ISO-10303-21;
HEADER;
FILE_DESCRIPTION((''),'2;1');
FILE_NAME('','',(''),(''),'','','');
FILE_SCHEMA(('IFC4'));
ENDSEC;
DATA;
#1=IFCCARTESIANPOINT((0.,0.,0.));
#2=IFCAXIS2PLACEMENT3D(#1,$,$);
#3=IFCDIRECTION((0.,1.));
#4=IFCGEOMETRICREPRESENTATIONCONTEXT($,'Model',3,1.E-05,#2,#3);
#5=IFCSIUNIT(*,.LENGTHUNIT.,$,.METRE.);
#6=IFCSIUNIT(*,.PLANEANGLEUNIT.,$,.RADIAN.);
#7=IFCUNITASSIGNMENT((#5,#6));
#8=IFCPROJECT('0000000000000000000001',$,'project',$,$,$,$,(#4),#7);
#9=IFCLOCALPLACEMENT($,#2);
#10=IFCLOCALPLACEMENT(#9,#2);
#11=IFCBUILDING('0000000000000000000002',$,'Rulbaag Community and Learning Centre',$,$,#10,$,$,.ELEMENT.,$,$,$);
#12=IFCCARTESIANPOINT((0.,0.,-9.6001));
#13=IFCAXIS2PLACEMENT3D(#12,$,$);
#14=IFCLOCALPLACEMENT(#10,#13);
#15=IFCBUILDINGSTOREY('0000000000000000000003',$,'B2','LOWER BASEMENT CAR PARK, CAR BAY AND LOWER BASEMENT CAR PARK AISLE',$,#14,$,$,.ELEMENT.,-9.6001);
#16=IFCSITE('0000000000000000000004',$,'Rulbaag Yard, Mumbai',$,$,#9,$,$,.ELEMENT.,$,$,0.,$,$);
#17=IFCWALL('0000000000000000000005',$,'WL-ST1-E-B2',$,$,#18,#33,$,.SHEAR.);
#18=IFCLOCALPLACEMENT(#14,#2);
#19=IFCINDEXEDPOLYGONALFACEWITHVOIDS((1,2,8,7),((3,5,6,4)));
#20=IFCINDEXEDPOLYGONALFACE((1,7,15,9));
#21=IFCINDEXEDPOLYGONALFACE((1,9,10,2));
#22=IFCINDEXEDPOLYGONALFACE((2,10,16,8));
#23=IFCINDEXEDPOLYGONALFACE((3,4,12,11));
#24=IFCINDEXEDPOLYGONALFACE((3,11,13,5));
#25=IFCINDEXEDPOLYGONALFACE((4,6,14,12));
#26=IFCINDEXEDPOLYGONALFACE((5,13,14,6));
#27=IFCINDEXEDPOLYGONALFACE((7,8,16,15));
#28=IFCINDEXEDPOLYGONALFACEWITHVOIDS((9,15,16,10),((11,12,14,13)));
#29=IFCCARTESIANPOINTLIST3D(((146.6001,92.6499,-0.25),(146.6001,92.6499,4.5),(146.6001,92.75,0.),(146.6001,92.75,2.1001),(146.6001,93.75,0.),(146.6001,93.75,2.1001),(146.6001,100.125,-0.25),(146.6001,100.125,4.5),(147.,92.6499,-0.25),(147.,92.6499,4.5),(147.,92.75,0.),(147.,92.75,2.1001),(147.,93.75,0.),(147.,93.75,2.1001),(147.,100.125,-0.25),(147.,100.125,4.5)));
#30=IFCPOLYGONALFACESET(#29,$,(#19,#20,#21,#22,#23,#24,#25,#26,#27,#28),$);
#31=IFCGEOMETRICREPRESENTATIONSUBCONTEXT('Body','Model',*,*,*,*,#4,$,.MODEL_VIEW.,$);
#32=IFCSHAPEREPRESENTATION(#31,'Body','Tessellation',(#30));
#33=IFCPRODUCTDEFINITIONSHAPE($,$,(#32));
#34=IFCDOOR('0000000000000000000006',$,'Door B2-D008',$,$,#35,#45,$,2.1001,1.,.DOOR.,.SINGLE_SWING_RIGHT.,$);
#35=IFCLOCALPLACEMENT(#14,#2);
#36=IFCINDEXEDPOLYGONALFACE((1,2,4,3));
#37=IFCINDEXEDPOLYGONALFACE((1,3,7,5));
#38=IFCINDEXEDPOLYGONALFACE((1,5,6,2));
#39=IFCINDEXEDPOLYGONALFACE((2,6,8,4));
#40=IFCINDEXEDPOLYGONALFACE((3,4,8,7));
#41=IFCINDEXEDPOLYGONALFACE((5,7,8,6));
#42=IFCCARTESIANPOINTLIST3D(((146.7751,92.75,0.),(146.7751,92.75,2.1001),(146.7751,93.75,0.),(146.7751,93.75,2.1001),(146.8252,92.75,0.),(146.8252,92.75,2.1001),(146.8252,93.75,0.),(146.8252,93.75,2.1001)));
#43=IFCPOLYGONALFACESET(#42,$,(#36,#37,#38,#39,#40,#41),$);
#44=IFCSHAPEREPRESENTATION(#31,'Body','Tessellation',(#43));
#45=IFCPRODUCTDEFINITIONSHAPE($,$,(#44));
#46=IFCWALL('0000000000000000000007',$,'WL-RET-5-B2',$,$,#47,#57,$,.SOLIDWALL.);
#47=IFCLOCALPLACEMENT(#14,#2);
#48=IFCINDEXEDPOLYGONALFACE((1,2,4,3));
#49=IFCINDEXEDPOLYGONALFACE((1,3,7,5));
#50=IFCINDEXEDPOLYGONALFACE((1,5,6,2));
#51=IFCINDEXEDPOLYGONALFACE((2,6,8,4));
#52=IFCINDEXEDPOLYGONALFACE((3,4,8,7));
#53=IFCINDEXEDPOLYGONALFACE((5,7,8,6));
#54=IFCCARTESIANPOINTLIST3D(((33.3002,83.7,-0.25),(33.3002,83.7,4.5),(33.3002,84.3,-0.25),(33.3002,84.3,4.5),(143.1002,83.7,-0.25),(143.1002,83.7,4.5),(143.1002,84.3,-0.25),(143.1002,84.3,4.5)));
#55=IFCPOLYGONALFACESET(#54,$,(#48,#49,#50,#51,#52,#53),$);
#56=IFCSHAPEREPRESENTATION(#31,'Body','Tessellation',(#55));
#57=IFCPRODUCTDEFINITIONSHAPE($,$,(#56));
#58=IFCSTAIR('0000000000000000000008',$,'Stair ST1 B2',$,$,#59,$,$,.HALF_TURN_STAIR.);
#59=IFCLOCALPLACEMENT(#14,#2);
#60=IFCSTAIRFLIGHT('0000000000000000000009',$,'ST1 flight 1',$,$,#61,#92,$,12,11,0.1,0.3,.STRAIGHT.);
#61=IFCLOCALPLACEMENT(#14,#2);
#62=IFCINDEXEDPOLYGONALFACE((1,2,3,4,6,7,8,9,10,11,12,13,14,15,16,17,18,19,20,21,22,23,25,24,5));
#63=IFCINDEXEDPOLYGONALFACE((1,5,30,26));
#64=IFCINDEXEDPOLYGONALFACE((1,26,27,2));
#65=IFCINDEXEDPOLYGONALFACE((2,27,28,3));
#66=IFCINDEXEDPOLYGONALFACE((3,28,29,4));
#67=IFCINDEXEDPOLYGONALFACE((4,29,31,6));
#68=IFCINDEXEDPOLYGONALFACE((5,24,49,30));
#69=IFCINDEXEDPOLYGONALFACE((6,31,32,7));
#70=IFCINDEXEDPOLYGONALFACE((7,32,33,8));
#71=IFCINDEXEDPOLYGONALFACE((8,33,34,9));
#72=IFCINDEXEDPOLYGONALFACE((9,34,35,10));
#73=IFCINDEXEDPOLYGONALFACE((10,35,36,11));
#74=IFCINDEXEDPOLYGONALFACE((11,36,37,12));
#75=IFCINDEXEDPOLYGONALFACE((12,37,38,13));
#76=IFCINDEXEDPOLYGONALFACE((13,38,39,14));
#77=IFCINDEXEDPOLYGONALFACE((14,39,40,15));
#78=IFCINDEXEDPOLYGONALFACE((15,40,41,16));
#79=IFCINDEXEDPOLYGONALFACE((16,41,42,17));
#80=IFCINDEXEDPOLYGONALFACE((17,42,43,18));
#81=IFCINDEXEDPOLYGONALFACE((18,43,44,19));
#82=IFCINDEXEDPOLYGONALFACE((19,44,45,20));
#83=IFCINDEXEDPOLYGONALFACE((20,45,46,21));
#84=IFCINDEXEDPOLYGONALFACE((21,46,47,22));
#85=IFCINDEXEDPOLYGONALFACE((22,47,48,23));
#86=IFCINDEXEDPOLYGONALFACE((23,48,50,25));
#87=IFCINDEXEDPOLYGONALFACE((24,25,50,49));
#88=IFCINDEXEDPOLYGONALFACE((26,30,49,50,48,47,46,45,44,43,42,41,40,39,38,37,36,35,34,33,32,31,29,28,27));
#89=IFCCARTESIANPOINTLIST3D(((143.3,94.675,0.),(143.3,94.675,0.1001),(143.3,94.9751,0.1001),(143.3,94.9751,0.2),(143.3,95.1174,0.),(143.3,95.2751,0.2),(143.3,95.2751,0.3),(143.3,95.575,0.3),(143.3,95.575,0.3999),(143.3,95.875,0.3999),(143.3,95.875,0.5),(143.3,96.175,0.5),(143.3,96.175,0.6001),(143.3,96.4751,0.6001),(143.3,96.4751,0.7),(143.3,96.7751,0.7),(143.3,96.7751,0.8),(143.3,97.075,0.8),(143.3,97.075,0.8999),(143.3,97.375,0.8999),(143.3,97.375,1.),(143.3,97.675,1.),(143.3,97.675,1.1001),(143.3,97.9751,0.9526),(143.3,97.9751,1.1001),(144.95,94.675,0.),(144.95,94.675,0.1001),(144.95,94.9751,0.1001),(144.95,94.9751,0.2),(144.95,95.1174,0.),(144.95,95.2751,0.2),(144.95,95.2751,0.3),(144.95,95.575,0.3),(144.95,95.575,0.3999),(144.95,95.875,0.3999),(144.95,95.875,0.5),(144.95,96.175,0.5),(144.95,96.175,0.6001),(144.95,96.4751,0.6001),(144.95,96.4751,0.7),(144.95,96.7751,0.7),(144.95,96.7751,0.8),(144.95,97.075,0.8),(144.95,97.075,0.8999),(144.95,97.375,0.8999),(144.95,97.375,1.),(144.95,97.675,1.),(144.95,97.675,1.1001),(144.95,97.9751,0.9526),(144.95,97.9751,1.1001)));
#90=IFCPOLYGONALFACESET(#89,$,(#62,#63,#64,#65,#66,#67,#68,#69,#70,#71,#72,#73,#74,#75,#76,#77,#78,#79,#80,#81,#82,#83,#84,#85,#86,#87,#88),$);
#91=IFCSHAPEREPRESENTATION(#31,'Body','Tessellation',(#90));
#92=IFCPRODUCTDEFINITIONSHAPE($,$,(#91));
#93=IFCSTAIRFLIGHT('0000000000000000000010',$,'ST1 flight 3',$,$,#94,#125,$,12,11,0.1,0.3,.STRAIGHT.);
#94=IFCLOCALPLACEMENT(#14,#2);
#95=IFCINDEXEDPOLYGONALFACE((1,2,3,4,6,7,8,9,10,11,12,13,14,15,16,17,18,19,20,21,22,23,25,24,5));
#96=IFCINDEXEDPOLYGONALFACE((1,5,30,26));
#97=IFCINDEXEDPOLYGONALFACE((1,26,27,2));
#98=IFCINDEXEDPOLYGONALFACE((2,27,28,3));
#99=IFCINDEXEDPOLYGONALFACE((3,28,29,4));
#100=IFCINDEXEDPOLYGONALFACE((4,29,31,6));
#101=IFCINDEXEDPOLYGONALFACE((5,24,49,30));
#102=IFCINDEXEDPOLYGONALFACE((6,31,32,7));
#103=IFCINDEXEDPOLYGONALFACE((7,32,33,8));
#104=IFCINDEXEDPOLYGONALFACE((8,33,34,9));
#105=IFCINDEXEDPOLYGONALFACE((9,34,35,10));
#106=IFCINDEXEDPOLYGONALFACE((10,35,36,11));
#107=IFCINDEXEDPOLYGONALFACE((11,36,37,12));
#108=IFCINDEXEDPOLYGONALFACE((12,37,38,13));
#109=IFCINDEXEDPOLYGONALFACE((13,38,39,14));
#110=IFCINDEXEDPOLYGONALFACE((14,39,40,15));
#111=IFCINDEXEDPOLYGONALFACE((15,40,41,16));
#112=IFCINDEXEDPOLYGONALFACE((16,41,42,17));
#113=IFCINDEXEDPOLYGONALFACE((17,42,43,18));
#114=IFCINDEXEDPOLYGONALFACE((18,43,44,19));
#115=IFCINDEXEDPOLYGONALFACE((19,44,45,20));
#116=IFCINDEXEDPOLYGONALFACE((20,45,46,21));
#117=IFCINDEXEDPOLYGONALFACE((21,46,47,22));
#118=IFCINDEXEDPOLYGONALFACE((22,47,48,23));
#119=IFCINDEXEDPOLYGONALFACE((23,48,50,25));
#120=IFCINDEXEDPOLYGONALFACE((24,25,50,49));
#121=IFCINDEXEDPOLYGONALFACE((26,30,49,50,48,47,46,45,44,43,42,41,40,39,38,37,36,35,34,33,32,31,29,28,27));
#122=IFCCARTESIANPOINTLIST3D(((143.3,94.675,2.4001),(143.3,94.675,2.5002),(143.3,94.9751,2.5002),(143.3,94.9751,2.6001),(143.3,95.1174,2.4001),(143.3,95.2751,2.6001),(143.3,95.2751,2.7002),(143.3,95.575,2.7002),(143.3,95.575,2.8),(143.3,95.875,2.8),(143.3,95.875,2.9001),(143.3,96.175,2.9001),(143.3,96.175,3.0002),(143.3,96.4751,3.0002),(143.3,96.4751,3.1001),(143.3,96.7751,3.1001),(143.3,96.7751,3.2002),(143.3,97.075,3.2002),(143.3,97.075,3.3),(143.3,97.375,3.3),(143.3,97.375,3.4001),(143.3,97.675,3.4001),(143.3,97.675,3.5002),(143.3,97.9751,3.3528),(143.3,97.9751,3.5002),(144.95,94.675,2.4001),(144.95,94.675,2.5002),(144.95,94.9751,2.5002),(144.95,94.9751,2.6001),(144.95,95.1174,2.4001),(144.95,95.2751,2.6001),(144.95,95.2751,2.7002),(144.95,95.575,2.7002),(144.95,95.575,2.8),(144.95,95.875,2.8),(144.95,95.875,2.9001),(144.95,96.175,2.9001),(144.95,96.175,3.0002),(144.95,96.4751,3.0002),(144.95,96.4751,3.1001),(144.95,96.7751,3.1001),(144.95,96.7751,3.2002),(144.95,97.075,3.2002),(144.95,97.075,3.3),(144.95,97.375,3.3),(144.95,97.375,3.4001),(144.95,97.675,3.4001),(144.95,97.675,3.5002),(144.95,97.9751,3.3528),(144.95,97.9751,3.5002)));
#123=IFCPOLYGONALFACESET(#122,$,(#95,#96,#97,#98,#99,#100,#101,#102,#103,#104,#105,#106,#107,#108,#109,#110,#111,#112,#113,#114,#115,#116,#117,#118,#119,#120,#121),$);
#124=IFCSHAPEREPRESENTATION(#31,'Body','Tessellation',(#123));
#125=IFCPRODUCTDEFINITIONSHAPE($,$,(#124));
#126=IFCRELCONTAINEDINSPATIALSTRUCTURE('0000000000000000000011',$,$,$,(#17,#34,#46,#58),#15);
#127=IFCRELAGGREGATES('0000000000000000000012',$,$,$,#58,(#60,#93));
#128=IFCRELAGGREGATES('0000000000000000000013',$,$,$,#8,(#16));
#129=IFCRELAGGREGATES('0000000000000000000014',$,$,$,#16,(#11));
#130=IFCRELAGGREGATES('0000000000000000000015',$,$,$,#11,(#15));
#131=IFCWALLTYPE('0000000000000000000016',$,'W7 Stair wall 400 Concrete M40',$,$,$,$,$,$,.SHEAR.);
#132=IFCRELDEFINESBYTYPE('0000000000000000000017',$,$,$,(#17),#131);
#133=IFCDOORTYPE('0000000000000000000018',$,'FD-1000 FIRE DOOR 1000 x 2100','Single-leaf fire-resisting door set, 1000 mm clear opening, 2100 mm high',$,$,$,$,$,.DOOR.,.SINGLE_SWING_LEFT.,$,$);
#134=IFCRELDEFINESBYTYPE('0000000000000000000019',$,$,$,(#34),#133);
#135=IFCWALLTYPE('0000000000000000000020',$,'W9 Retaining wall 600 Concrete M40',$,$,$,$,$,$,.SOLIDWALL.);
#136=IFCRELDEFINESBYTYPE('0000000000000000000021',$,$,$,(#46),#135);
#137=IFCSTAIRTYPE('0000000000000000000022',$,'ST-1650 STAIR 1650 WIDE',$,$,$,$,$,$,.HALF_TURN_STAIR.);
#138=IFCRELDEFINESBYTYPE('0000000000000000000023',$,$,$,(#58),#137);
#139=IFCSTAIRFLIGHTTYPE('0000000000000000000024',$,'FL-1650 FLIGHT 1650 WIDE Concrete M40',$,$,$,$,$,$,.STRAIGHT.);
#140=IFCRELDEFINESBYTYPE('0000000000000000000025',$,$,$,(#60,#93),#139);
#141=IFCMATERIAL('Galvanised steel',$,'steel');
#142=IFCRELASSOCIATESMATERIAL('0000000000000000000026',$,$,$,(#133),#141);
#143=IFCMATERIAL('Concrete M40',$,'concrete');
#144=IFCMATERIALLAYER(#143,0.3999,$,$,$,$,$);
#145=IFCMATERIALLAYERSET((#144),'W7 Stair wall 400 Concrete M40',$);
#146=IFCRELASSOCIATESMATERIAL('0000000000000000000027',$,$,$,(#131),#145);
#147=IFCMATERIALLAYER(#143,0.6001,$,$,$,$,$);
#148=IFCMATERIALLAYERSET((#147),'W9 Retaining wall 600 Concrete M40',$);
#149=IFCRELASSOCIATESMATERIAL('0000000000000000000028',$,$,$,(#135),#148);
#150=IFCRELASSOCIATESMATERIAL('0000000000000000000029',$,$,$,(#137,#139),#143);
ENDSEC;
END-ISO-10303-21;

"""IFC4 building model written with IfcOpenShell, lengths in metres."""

from ifc_helpers import new_model, si_unit, direction, frame, frame_2d, origin, place, context, subcontext, project, spatial, polyline, rectangle, outline, extrude, material, layer, layer_set, type_object, element, fill, aggregate, save


model = new_model("IFC4")

# Units and contexts
model_context = context("Model", 3, precision=1e-05, world=origin(), true_north=direction((0.0, 1.0)))
body_context = subcontext(model_context, "Body", "Model", "MODEL_VIEW")
ifc_project = project(units=[si_unit("LENGTHUNIT", "METRE"), si_unit("PLANEANGLEUNIT", "RADIAN")], contexts=[model_context])

# Site, building, storey
site_placement = place(None, origin())
site = spatial("IfcSite", under=ifc_project, at=site_placement, Name="Rulbaag Yard, Mumbai", CompositionType="ELEMENT", RefElevation=0.0)
building_placement = place(site_placement, origin())
building = spatial("IfcBuilding", under=site, at=building_placement, Name="Rulbaag Community and Learning Centre", CompositionType="ELEMENT")
storey_placement = place(building_placement, frame((0.0, 0.0, -9.6001)))
storey = spatial("IfcBuildingStorey", under=building, at=storey_placement, Name="B2", Description="LOWER BASEMENT CAR PARK, CAR BAY AND LOWER BASEMENT CAR PARK AISLE", CompositionType="ELEMENT", Elevation=-9.6001)

# Wall, opening, door
ifc_material_1 = material(Name="Galvanised steel", Category="steel")
door_type_1 = type_object("IfcDoorType", Name="FD-1000 FIRE DOOR 1000 x 2100", Description="Single-leaf fire-resisting door set, 1000 mm clear opening, 2100 mm high", OperationType="SINGLE_SWING_LEFT", PredefinedType="DOOR", material=ifc_material_1)
ifc_material_2 = material(Name="Concrete M40", Category="concrete")
ifc_layer_1 = layer(ifc_material_2, 0.3999)
ifc_layer_set_1 = layer_set([ifc_layer_1], Name="W7 Stair wall 400 Concrete M40")
wall_type_1 = type_object("IfcWallType", Name="W7 Stair wall 400 Concrete M40", PredefinedType="SHEAR", material=ifc_layer_set_1)
wall_1_placement = place(storey_placement, frame((146.8, 92.6499, -0.25), z_axis=(0.0, 0.0, 1.0), x_axis=(0.0, 1.0, 0.0)))
wall_1 = element("IfcWall", 1, at=wall_1_placement, inside=storey, type_object=wall_type_1, Name="WL-ST1-E-B2", PredefinedType="SHEAR", context=body_context, shape_type="SweptSolid", body=[
    extrude(rectangle(XDim=7.4751, YDim=0.3999, at=frame_2d((3.7375, 0.0))), origin(), (0.0, 0.0, 1.0), 4.75),
])
opening_1_placement = place(wall_1_placement, frame((0.1001, 0.0, 0.25)))
opening_1 = element("IfcOpeningElement", 2, at=opening_1_placement, cuts=wall_1, PredefinedType="OPENING", context=body_context, shape_type="SweptSolid", body=[
    extrude(rectangle(XDim=1.0, YDim=2.1001, at=frame_2d((0.5, 1.05))), frame((0.0, 0.21, 0.0), z_axis=(0.0, -1.0, 0.0), x_axis=(1.0, 0.0, 0.0)), (0.0, 0.0, 1.0), 0.4199),
])
door_1_placement = place(opening_1_placement, origin())
door_1 = element("IfcDoor", 3, at=door_1_placement, inside=storey, type_object=door_type_1, Name="Door B2-D008", OperationType="SINGLE_SWING_RIGHT", OverallHeight=2.1001, OverallWidth=1.0, PredefinedType="DOOR", context=body_context, shape_type="SweptSolid", body=[
    extrude(rectangle(XDim=1.0, YDim=2.1001, at=frame_2d((0.5, 1.05))), frame((0.0, 0.0249, 0.0), z_axis=(0.0, -1.0, 0.0), x_axis=(1.0, 0.0, 0.0)), (0.0, 0.0, 1.0), 0.05),
])
fill(opening_1, door_1)

# Wall
ifc_layer_2 = layer(ifc_material_2, 0.6001)
ifc_layer_set_2 = layer_set([ifc_layer_2], Name="W9 Retaining wall 600 Concrete M40")
wall_type_2 = type_object("IfcWallType", Name="W9 Retaining wall 600 Concrete M40", PredefinedType="SOLIDWALL", material=ifc_layer_set_2)
wall_2_placement = place(storey_placement, frame((143.1001, 84.0, -0.25), z_axis=(0.0, 0.0, 1.0), x_axis=(-1.0, 0.0, 0.0)))
element("IfcWall", 4, at=wall_2_placement, inside=storey, type_object=wall_type_2, Name="WL-RET-5-B2", PredefinedType="SOLIDWALL", context=body_context, shape_type="SweptSolid", body=[
    extrude(rectangle(XDim=109.8, YDim=0.6001, at=frame_2d((54.8999, 0.0))), origin(), (0.0, 0.0, 1.0), 4.75),
])

# Stair, stair flights
stair_type = type_object("IfcStairType", Name="ST-1650 STAIR 1650 WIDE", PredefinedType="HALF_TURN_STAIR", material=ifc_material_2)
stair_placement = place(storey_placement, origin())
stair = element("IfcStair", 5, at=stair_placement, inside=storey, type_object=stair_type, Name="Stair ST1 B2", PredefinedType="HALF_TURN_STAIR")
stair_flight_type = type_object("IfcStairFlightType", Name="FL-1650 FLIGHT 1650 WIDE Concrete M40", PredefinedType="STRAIGHT", material=ifc_material_2)
stair_flight_1_placement = place(storey_placement, frame((144.125, 94.675, 0.0), z_axis=(0.0, 0.0, 1.0), x_axis=(0.0, 1.0, 0.0)))
stair_flight_1 = element("IfcStairFlight", 6, at=stair_flight_1_placement, type_object=stair_flight_type, Name="ST1 flight 1", NumberOfRisers=12, NumberOfTreads=11, PredefinedType="STRAIGHT", RiserHeight=0.1, TreadLength=0.3, context=body_context, shape_type="SweptSolid", body=[
    extrude(outline(polyline([(0.0, 0.0), (0.0, 0.1001), (0.3, 0.1001), (0.3, 0.2), (0.6001, 0.2), (0.6001, 0.3), (0.8999, 0.3), (0.8999, 0.3999), (1.2, 0.3999), (1.2, 0.5), (1.5, 0.5), (1.5, 0.6001), (1.8, 0.6001), (1.8, 0.7), (2.1001, 0.7), (2.1001, 0.8), (2.3999, 0.8), (2.3999, 0.8999), (2.7, 0.8999), (2.7, 1.0), (3.0, 1.0), (3.0, 1.1001), (3.3, 1.1001), (3.3, 0.9526), (0.4424, 0.0), (0.0, 0.0)])), frame((0.0, 0.825, 0.0), z_axis=(0.0, -1.0, 0.0), x_axis=(1.0, 0.0, 0.0)), (0.0, 0.0, 1.0), 1.6499),
])
stair_flight_2_placement = place(storey_placement, frame((144.125, 94.675, 2.4001), z_axis=(0.0, 0.0, 1.0), x_axis=(0.0, 1.0, 0.0)))
stair_flight_2 = element("IfcStairFlight", 7, at=stair_flight_2_placement, type_object=stair_flight_type, Name="ST1 flight 3", NumberOfRisers=12, NumberOfTreads=11, PredefinedType="STRAIGHT", RiserHeight=0.1, TreadLength=0.3, context=body_context, shape_type="SweptSolid", body=[
    extrude(outline(polyline([(0.0, 0.0), (0.0, 0.1001), (0.3, 0.1001), (0.3, 0.2), (0.6001, 0.2), (0.6001, 0.3), (0.8999, 0.3), (0.8999, 0.3999), (1.2, 0.3999), (1.2, 0.5), (1.5, 0.5), (1.5, 0.6001), (1.8, 0.6001), (1.8, 0.7), (2.1001, 0.7), (2.1001, 0.8), (2.3999, 0.8), (2.3999, 0.8999), (2.7, 0.8999), (2.7, 1.0), (3.0, 1.0), (3.0, 1.1001), (3.3, 1.1001), (3.3, 0.9526), (0.4424, 0.0), (0.0, 0.0)])), frame((0.0, 0.825, 0.0), z_axis=(0.0, -1.0, 0.0), x_axis=(1.0, 0.0, 0.0)), (0.0, 0.0, 1.0), 1.6499),
])
aggregate(stair, [stair_flight_1, stair_flight_2])

save(model, "model.ifc")
